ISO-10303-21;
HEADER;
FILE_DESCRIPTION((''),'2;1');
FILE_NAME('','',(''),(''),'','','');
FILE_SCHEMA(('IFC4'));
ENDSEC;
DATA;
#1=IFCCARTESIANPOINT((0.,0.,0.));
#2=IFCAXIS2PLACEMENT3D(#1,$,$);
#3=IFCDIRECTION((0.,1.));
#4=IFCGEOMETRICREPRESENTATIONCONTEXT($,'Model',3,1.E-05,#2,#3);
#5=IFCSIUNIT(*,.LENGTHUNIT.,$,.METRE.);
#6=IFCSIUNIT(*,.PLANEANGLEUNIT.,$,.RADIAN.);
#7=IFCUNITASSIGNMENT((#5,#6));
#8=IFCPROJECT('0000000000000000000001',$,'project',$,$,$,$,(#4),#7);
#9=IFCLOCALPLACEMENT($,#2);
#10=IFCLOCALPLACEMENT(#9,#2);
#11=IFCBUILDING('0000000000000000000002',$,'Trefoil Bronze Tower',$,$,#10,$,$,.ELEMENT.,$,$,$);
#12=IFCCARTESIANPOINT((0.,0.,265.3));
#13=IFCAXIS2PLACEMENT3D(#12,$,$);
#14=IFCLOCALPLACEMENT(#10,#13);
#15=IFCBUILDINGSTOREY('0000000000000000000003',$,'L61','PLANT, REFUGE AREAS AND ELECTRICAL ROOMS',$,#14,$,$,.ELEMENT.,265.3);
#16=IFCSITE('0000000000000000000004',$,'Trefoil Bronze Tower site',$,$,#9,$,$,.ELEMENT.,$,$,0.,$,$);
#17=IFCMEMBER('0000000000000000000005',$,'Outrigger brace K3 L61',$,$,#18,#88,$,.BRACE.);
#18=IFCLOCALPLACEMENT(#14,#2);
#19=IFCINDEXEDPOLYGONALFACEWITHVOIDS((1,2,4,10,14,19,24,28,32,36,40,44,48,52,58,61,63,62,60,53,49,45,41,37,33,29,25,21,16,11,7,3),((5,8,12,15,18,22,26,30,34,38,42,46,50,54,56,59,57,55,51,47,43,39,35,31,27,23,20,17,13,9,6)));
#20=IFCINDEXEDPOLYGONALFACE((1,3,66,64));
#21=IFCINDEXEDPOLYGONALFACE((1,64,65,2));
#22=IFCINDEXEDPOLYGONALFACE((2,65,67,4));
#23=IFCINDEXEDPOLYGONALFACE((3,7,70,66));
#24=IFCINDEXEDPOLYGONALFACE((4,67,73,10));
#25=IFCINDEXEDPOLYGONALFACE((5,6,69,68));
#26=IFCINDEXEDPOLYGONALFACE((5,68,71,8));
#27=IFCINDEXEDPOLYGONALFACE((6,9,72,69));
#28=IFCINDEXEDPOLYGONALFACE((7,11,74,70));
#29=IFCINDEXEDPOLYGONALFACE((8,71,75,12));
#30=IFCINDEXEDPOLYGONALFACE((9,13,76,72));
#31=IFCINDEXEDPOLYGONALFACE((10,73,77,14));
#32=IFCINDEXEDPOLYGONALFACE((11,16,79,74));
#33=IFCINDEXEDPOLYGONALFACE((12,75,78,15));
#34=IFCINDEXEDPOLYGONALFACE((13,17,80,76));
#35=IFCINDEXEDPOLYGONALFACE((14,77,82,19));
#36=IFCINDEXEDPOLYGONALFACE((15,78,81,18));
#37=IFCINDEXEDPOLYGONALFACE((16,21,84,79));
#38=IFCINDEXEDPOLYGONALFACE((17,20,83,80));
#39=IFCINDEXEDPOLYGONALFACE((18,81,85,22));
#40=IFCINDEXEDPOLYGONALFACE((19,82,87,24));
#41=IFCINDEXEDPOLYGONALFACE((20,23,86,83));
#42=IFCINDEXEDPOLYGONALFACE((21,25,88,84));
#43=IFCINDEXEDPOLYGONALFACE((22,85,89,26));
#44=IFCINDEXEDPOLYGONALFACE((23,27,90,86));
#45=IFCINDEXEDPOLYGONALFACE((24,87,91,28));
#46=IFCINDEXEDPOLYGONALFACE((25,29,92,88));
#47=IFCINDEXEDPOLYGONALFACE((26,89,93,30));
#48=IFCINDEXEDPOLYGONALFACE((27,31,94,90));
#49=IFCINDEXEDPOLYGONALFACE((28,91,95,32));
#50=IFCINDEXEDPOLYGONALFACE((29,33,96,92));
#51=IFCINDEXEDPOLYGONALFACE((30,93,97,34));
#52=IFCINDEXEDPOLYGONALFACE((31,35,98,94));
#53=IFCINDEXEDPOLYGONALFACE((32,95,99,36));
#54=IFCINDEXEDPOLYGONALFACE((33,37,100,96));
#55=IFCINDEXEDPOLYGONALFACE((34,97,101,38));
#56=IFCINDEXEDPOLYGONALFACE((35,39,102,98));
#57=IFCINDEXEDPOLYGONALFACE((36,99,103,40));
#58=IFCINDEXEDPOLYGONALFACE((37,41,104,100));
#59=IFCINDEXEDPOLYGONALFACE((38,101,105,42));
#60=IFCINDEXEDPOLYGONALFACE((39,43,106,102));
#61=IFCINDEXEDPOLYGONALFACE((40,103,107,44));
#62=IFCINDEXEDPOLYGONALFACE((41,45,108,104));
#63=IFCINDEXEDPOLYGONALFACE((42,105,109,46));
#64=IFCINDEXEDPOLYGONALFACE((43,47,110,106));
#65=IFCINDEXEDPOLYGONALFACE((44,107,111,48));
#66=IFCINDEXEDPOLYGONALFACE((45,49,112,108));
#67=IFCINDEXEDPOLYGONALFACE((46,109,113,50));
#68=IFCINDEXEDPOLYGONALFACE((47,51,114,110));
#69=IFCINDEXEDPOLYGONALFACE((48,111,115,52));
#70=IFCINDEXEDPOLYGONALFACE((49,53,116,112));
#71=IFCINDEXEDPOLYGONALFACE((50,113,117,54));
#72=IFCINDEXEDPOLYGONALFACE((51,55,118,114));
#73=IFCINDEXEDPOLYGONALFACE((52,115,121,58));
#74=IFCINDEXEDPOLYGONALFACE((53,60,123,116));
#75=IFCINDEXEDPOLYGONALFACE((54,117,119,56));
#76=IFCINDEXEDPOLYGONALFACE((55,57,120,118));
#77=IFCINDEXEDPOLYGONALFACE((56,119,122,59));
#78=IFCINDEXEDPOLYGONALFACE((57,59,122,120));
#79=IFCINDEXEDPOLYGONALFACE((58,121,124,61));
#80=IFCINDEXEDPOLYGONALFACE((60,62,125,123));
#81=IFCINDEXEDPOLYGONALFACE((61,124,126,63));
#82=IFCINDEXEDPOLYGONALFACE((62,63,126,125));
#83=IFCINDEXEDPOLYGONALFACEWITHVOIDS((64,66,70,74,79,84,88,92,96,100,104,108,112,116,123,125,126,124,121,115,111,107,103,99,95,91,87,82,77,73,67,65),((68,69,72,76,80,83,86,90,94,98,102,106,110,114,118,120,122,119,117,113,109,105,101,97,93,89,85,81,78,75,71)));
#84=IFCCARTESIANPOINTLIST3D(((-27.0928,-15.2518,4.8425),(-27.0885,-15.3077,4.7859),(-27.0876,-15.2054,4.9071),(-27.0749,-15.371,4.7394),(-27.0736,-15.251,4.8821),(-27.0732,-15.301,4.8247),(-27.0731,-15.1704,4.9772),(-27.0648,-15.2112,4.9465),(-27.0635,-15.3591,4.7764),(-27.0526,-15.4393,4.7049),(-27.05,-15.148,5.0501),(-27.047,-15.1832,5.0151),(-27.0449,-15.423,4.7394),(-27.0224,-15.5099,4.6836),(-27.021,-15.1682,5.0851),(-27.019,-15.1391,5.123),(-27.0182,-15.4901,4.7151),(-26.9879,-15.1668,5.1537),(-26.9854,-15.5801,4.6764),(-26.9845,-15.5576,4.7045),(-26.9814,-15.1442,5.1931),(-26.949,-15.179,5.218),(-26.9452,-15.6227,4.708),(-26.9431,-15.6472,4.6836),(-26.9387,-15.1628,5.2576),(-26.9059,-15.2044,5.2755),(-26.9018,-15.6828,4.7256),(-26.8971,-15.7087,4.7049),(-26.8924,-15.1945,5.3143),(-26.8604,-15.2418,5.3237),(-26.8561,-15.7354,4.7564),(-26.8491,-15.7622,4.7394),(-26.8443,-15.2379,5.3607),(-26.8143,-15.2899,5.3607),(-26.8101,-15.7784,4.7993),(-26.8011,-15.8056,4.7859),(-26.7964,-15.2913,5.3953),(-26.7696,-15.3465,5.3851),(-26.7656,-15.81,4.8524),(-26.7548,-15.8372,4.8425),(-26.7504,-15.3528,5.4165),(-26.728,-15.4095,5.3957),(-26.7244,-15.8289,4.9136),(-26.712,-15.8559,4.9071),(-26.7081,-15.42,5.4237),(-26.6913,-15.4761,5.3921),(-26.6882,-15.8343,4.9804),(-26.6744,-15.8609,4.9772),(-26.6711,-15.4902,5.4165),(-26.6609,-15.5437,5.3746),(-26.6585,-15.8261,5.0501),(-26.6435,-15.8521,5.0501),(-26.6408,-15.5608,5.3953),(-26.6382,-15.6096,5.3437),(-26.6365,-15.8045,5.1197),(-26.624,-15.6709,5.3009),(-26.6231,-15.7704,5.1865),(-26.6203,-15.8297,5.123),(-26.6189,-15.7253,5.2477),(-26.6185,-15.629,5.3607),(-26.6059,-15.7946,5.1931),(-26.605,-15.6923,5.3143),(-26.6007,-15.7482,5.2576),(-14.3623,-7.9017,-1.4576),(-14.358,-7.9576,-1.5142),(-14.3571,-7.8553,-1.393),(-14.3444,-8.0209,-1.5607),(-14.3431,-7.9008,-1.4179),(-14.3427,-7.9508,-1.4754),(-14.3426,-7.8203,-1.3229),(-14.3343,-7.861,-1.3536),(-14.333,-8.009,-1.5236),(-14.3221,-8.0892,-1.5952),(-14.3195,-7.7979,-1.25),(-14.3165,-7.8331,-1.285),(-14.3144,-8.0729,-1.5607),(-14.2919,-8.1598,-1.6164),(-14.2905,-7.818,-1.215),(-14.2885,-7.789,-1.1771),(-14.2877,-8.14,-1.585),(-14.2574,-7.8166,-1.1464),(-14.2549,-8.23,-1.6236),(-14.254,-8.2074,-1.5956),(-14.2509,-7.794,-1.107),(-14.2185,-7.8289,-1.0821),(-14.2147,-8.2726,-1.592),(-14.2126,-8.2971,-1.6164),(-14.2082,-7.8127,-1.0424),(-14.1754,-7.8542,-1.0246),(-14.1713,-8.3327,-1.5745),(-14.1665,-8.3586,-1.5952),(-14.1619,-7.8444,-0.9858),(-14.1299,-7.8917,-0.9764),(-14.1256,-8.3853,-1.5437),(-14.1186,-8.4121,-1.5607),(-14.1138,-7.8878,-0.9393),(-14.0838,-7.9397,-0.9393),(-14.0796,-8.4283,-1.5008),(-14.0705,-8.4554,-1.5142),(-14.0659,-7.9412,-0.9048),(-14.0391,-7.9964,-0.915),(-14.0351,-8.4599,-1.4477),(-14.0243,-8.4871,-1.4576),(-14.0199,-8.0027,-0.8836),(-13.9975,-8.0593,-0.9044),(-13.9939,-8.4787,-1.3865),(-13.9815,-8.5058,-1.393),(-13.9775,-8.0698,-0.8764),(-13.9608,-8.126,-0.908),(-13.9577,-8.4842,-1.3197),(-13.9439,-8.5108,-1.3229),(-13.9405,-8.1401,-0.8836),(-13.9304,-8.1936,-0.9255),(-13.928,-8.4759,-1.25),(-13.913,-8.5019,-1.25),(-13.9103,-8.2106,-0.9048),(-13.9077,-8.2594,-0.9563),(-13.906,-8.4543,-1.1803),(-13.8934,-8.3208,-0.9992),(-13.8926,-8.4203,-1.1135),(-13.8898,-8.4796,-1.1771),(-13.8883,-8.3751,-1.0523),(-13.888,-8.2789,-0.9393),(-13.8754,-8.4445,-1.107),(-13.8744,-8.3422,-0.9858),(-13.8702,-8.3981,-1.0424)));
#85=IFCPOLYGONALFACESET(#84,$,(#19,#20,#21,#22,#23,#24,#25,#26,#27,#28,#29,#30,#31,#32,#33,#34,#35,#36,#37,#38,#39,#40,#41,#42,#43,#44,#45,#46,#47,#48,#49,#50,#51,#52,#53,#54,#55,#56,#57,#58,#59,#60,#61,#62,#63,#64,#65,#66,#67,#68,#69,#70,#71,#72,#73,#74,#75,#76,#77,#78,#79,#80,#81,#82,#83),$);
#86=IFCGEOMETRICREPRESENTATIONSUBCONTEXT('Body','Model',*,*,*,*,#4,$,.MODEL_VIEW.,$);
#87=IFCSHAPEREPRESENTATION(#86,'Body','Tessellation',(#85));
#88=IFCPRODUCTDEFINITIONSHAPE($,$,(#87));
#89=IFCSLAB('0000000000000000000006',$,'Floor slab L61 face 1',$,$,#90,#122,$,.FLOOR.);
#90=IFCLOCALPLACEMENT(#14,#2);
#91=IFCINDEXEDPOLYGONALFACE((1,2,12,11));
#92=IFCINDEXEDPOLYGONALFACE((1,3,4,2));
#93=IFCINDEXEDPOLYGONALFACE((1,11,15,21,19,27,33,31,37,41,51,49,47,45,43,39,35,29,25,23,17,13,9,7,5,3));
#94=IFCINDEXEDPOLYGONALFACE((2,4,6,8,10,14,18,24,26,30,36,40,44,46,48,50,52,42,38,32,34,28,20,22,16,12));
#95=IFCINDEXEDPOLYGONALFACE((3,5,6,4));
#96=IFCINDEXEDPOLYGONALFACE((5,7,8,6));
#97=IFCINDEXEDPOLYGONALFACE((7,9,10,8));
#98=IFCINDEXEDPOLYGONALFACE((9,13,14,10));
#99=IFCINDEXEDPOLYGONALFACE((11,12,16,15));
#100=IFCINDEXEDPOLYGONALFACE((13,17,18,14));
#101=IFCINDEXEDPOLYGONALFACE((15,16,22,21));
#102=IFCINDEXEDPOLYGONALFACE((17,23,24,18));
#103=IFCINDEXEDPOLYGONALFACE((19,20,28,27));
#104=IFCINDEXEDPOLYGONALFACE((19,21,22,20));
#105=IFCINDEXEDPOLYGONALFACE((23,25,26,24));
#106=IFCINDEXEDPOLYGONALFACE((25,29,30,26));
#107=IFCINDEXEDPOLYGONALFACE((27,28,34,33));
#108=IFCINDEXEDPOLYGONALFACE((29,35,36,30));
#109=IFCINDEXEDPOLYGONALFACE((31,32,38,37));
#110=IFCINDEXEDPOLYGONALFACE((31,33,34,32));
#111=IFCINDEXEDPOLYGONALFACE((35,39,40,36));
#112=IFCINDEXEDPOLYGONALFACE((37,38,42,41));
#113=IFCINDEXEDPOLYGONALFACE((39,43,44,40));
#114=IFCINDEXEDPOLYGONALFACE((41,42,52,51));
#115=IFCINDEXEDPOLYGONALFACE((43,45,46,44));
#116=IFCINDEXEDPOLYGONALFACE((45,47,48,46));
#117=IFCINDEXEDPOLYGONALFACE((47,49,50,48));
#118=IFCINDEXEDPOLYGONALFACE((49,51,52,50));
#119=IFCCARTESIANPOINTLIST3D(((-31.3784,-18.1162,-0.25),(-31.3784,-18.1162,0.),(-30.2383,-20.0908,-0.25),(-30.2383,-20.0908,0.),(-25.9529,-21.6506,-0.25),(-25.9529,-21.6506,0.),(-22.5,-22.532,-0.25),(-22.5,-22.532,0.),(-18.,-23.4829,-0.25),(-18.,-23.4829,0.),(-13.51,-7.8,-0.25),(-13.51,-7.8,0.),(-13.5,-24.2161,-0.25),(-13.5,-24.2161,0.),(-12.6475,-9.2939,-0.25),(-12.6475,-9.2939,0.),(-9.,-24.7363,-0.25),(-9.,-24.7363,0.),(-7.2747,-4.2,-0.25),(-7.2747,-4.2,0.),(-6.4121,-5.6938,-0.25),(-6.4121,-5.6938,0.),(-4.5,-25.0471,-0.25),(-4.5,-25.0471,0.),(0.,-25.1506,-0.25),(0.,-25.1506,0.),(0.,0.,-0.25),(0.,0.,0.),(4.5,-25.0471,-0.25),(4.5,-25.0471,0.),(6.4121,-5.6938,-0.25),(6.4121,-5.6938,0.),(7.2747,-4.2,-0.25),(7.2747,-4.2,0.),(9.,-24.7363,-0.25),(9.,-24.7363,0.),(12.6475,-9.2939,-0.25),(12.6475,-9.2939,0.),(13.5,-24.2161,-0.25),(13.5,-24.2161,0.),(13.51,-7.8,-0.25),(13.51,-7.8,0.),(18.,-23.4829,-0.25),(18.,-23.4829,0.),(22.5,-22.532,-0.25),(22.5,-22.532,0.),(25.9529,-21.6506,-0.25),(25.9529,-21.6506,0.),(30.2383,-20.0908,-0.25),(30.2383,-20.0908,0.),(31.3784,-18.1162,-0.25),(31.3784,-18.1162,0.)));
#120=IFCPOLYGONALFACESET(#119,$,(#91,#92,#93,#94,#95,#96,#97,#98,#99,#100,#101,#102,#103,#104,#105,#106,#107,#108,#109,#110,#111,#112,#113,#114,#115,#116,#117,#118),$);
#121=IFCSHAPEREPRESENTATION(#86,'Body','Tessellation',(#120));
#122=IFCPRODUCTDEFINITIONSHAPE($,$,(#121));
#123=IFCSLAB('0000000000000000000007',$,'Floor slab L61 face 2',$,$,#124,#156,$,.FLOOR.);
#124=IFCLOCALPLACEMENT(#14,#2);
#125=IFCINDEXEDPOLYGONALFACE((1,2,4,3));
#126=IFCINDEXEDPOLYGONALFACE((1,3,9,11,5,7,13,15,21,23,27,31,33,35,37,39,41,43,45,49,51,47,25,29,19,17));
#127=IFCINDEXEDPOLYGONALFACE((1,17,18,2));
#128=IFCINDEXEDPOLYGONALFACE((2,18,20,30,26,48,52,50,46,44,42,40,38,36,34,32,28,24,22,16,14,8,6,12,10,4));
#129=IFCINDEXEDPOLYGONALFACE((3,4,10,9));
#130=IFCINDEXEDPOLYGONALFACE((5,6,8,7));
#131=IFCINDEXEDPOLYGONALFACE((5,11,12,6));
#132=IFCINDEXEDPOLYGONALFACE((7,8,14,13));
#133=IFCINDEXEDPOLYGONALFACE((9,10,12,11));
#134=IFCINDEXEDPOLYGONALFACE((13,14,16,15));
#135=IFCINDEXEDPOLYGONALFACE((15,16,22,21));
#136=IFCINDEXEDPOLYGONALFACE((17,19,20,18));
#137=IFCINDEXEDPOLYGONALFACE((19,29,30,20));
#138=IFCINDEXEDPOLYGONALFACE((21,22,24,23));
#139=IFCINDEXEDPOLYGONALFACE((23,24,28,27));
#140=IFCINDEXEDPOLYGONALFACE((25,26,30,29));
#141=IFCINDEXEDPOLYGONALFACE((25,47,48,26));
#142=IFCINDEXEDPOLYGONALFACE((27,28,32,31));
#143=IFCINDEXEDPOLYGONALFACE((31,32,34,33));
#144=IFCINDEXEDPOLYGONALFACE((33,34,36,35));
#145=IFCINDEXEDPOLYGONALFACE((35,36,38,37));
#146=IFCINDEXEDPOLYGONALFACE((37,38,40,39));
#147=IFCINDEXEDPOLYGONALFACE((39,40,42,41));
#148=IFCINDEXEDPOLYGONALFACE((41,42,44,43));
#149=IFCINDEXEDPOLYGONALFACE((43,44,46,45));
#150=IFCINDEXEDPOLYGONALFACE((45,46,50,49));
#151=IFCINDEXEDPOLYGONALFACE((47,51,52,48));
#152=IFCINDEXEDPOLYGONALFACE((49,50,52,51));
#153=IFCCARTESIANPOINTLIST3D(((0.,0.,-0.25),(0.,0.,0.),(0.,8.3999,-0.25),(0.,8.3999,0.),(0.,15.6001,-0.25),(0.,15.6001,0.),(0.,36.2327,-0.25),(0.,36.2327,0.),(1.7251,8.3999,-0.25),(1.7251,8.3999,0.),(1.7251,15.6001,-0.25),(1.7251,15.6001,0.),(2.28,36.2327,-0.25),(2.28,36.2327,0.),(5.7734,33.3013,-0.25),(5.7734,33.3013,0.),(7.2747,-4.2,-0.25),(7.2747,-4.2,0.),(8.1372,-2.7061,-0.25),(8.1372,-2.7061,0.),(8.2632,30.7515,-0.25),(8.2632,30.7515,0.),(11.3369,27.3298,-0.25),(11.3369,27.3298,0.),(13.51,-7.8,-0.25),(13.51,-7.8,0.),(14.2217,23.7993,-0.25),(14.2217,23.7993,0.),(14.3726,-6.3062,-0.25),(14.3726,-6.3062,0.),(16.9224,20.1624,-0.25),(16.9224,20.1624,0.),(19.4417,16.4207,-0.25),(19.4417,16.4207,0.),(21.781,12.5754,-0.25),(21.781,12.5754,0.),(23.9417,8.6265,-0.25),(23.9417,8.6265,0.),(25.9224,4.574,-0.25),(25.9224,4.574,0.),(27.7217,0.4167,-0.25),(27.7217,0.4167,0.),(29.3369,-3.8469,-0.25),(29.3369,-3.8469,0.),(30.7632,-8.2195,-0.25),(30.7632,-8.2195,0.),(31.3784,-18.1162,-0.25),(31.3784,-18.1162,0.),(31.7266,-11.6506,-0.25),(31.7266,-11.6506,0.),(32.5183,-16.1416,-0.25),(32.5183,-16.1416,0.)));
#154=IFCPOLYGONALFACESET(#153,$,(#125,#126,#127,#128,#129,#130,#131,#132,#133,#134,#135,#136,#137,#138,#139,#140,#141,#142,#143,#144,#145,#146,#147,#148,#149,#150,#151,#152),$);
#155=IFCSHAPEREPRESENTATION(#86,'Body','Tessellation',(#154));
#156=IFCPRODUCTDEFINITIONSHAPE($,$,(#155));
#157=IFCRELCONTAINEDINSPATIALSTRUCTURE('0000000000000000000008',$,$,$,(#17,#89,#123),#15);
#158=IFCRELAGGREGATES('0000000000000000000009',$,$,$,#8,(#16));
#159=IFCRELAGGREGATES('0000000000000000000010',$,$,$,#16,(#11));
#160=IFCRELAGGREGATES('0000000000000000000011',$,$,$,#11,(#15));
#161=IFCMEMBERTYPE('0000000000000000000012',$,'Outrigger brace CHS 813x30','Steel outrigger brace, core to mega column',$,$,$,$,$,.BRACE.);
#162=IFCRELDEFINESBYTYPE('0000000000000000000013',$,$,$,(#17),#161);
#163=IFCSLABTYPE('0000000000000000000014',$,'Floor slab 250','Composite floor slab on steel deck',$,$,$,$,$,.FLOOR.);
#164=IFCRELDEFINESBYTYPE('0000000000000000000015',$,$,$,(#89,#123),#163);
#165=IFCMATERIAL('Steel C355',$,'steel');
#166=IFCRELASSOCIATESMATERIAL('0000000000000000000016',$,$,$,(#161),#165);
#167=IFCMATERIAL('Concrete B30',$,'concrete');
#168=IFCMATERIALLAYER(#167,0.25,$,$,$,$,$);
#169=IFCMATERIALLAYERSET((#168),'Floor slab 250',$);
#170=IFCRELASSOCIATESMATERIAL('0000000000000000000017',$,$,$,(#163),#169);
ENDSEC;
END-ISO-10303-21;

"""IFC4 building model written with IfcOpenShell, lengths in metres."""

from ifc_helpers import new_model, si_unit, direction, frame, origin, origin_2d, place, context, subcontext, project, spatial, polyline, hollow_circle, outline, extrude, material, layer, layer_set, material_profile, profile_set, type_object, element, save


model = new_model("IFC4")

# Units and contexts
model_context = context("Model", 3, precision=1e-05, world=origin(), true_north=direction((0.0, 1.0)))
body_context = subcontext(model_context, "Body", "Model", "MODEL_VIEW")
ifc_project = project(units=[si_unit("LENGTHUNIT", "METRE"), si_unit("PLANEANGLEUNIT", "RADIAN")], contexts=[model_context])

# Site, building, storey
site_placement = place(None, origin())
site = spatial("IfcSite", under=ifc_project, at=site_placement, Name="Trefoil Bronze Tower site", CompositionType="ELEMENT", RefElevation=0.0)
building_placement = place(site_placement, origin())
building = spatial("IfcBuilding", under=site, at=building_placement, Name="Trefoil Bronze Tower", CompositionType="ELEMENT")
storey_placement = place(building_placement, frame((0.0, 0.0, 265.3)))
storey = spatial("IfcBuildingStorey", under=building, at=storey_placement, Name="L61", Description="PLANT, REFUGE AREAS AND ELECTRICAL ROOMS", CompositionType="ELEMENT", Elevation=265.3)

# Member
ifc_material_1 = material(Name="Steel C355", Category="steel")
ifc_material_profile = material_profile(ifc_material_1, hollow_circle(Radius=0.4065, WallThickness=0.03, at=origin_2d()), Name="CHS 813x30")
ifc_profile_set = profile_set([ifc_material_profile], Name="Steel C355")
member_type = type_object("IfcMemberType", Name="Outrigger brace CHS 813x30", Description="Steel outrigger brace, core to mega column", PredefinedType="BRACE", material=ifc_profile_set)
member_placement = place(storey_placement, frame((-14.1162, -8.1499, -1.25), z_axis=(-0.795997, -0.459579, 0.393923), x_axis=(0.500008, -0.866021, 0.0)))
element("IfcMember", 1, at=member_placement, inside=storey, type_object=member_type, Name="Outrigger brace K3 L61", PredefinedType="BRACE", context=body_context, shape_type="SweptSolid", body=[
    extrude(hollow_circle(Radius=0.4065, WallThickness=0.03, at=origin_2d()), origin(), (0.0, 0.0, 1.0), 15.9932),
])

# Slabs
ifc_material_2 = material(Name="Concrete B30", Category="concrete")
ifc_layer_1 = layer(ifc_material_2, 0.25)
ifc_layer_set_1 = layer_set([ifc_layer_1], Name="Floor slab 250")
slab_type = type_object("IfcSlabType", Name="Floor slab 250", Description="Composite floor slab on steel deck", PredefinedType="FLOOR", material=ifc_layer_set_1)
slab_1_placement = place(storey_placement, frame((0.0, 0.0, -0.25)))
element("IfcSlab", 2, at=slab_1_placement, inside=storey, type_object=slab_type, Name="Floor slab L61 face 1", PredefinedType="FLOOR", context=body_context, shape_type="SweptSolid", body=[
    extrude(outline(polyline([(18.0, -23.4829), (13.5, -24.2161), (9.0, -24.7363), (4.5, -25.0471), (0.0, -25.1506), (-4.5, -25.0471), (-9.0, -24.7363), (-13.5, -24.2161), (-18.0, -23.4829), (-22.5, -22.532), (-25.9529, -21.6506), (-30.2383, -20.0908), (-31.3784, -18.1162), (-13.51, -7.8), (-12.6475, -9.2939), (-6.4121, -5.6938), (-7.2747, -4.2), (0.0, 0.0), (7.2747, -4.2), (6.4121, -5.6938), (12.6475, -9.2939), (13.51, -7.8), (31.3784, -18.1162), (30.2383, -20.0908), (25.9529, -21.6506), (22.5, -22.532), (18.0, -23.4829)])), origin(), (0.0, 0.0, 1.0), 0.25),
])
slab_2_placement = place(storey_placement, frame((0.0, 0.0, -0.25)))
element("IfcSlab", 3, at=slab_2_placement, inside=storey, type_object=slab_type, Name="Floor slab L61 face 2", PredefinedType="FLOOR", context=body_context, shape_type="SweptSolid", body=[
    extrude(outline(polyline([(11.3369, 27.3298), (14.2217, 23.7993), (16.9224, 20.1624), (19.4417, 16.4207), (21.781, 12.5754), (23.9417, 8.6265), (25.9224, 4.574), (27.7217, 0.4167), (29.3369, -3.8469), (30.7632, -8.2195), (31.7266, -11.6506), (32.5183, -16.1416), (31.3784, -18.1162), (13.51, -7.8), (14.3726, -6.3062), (8.1372, -2.7061), (7.2747, -4.2), (0.0, 0.0), (0.0, 8.3999), (1.7251, 8.3999), (1.7251, 15.6001), (0.0, 15.6001), (0.0, 36.2327), (2.28, 36.2327), (5.7734, 33.3013), (8.2632, 30.7515), (11.3369, 27.3298)])), origin(), (0.0, 0.0, 1.0), 0.25),
])

save(model, "model.ifc")
